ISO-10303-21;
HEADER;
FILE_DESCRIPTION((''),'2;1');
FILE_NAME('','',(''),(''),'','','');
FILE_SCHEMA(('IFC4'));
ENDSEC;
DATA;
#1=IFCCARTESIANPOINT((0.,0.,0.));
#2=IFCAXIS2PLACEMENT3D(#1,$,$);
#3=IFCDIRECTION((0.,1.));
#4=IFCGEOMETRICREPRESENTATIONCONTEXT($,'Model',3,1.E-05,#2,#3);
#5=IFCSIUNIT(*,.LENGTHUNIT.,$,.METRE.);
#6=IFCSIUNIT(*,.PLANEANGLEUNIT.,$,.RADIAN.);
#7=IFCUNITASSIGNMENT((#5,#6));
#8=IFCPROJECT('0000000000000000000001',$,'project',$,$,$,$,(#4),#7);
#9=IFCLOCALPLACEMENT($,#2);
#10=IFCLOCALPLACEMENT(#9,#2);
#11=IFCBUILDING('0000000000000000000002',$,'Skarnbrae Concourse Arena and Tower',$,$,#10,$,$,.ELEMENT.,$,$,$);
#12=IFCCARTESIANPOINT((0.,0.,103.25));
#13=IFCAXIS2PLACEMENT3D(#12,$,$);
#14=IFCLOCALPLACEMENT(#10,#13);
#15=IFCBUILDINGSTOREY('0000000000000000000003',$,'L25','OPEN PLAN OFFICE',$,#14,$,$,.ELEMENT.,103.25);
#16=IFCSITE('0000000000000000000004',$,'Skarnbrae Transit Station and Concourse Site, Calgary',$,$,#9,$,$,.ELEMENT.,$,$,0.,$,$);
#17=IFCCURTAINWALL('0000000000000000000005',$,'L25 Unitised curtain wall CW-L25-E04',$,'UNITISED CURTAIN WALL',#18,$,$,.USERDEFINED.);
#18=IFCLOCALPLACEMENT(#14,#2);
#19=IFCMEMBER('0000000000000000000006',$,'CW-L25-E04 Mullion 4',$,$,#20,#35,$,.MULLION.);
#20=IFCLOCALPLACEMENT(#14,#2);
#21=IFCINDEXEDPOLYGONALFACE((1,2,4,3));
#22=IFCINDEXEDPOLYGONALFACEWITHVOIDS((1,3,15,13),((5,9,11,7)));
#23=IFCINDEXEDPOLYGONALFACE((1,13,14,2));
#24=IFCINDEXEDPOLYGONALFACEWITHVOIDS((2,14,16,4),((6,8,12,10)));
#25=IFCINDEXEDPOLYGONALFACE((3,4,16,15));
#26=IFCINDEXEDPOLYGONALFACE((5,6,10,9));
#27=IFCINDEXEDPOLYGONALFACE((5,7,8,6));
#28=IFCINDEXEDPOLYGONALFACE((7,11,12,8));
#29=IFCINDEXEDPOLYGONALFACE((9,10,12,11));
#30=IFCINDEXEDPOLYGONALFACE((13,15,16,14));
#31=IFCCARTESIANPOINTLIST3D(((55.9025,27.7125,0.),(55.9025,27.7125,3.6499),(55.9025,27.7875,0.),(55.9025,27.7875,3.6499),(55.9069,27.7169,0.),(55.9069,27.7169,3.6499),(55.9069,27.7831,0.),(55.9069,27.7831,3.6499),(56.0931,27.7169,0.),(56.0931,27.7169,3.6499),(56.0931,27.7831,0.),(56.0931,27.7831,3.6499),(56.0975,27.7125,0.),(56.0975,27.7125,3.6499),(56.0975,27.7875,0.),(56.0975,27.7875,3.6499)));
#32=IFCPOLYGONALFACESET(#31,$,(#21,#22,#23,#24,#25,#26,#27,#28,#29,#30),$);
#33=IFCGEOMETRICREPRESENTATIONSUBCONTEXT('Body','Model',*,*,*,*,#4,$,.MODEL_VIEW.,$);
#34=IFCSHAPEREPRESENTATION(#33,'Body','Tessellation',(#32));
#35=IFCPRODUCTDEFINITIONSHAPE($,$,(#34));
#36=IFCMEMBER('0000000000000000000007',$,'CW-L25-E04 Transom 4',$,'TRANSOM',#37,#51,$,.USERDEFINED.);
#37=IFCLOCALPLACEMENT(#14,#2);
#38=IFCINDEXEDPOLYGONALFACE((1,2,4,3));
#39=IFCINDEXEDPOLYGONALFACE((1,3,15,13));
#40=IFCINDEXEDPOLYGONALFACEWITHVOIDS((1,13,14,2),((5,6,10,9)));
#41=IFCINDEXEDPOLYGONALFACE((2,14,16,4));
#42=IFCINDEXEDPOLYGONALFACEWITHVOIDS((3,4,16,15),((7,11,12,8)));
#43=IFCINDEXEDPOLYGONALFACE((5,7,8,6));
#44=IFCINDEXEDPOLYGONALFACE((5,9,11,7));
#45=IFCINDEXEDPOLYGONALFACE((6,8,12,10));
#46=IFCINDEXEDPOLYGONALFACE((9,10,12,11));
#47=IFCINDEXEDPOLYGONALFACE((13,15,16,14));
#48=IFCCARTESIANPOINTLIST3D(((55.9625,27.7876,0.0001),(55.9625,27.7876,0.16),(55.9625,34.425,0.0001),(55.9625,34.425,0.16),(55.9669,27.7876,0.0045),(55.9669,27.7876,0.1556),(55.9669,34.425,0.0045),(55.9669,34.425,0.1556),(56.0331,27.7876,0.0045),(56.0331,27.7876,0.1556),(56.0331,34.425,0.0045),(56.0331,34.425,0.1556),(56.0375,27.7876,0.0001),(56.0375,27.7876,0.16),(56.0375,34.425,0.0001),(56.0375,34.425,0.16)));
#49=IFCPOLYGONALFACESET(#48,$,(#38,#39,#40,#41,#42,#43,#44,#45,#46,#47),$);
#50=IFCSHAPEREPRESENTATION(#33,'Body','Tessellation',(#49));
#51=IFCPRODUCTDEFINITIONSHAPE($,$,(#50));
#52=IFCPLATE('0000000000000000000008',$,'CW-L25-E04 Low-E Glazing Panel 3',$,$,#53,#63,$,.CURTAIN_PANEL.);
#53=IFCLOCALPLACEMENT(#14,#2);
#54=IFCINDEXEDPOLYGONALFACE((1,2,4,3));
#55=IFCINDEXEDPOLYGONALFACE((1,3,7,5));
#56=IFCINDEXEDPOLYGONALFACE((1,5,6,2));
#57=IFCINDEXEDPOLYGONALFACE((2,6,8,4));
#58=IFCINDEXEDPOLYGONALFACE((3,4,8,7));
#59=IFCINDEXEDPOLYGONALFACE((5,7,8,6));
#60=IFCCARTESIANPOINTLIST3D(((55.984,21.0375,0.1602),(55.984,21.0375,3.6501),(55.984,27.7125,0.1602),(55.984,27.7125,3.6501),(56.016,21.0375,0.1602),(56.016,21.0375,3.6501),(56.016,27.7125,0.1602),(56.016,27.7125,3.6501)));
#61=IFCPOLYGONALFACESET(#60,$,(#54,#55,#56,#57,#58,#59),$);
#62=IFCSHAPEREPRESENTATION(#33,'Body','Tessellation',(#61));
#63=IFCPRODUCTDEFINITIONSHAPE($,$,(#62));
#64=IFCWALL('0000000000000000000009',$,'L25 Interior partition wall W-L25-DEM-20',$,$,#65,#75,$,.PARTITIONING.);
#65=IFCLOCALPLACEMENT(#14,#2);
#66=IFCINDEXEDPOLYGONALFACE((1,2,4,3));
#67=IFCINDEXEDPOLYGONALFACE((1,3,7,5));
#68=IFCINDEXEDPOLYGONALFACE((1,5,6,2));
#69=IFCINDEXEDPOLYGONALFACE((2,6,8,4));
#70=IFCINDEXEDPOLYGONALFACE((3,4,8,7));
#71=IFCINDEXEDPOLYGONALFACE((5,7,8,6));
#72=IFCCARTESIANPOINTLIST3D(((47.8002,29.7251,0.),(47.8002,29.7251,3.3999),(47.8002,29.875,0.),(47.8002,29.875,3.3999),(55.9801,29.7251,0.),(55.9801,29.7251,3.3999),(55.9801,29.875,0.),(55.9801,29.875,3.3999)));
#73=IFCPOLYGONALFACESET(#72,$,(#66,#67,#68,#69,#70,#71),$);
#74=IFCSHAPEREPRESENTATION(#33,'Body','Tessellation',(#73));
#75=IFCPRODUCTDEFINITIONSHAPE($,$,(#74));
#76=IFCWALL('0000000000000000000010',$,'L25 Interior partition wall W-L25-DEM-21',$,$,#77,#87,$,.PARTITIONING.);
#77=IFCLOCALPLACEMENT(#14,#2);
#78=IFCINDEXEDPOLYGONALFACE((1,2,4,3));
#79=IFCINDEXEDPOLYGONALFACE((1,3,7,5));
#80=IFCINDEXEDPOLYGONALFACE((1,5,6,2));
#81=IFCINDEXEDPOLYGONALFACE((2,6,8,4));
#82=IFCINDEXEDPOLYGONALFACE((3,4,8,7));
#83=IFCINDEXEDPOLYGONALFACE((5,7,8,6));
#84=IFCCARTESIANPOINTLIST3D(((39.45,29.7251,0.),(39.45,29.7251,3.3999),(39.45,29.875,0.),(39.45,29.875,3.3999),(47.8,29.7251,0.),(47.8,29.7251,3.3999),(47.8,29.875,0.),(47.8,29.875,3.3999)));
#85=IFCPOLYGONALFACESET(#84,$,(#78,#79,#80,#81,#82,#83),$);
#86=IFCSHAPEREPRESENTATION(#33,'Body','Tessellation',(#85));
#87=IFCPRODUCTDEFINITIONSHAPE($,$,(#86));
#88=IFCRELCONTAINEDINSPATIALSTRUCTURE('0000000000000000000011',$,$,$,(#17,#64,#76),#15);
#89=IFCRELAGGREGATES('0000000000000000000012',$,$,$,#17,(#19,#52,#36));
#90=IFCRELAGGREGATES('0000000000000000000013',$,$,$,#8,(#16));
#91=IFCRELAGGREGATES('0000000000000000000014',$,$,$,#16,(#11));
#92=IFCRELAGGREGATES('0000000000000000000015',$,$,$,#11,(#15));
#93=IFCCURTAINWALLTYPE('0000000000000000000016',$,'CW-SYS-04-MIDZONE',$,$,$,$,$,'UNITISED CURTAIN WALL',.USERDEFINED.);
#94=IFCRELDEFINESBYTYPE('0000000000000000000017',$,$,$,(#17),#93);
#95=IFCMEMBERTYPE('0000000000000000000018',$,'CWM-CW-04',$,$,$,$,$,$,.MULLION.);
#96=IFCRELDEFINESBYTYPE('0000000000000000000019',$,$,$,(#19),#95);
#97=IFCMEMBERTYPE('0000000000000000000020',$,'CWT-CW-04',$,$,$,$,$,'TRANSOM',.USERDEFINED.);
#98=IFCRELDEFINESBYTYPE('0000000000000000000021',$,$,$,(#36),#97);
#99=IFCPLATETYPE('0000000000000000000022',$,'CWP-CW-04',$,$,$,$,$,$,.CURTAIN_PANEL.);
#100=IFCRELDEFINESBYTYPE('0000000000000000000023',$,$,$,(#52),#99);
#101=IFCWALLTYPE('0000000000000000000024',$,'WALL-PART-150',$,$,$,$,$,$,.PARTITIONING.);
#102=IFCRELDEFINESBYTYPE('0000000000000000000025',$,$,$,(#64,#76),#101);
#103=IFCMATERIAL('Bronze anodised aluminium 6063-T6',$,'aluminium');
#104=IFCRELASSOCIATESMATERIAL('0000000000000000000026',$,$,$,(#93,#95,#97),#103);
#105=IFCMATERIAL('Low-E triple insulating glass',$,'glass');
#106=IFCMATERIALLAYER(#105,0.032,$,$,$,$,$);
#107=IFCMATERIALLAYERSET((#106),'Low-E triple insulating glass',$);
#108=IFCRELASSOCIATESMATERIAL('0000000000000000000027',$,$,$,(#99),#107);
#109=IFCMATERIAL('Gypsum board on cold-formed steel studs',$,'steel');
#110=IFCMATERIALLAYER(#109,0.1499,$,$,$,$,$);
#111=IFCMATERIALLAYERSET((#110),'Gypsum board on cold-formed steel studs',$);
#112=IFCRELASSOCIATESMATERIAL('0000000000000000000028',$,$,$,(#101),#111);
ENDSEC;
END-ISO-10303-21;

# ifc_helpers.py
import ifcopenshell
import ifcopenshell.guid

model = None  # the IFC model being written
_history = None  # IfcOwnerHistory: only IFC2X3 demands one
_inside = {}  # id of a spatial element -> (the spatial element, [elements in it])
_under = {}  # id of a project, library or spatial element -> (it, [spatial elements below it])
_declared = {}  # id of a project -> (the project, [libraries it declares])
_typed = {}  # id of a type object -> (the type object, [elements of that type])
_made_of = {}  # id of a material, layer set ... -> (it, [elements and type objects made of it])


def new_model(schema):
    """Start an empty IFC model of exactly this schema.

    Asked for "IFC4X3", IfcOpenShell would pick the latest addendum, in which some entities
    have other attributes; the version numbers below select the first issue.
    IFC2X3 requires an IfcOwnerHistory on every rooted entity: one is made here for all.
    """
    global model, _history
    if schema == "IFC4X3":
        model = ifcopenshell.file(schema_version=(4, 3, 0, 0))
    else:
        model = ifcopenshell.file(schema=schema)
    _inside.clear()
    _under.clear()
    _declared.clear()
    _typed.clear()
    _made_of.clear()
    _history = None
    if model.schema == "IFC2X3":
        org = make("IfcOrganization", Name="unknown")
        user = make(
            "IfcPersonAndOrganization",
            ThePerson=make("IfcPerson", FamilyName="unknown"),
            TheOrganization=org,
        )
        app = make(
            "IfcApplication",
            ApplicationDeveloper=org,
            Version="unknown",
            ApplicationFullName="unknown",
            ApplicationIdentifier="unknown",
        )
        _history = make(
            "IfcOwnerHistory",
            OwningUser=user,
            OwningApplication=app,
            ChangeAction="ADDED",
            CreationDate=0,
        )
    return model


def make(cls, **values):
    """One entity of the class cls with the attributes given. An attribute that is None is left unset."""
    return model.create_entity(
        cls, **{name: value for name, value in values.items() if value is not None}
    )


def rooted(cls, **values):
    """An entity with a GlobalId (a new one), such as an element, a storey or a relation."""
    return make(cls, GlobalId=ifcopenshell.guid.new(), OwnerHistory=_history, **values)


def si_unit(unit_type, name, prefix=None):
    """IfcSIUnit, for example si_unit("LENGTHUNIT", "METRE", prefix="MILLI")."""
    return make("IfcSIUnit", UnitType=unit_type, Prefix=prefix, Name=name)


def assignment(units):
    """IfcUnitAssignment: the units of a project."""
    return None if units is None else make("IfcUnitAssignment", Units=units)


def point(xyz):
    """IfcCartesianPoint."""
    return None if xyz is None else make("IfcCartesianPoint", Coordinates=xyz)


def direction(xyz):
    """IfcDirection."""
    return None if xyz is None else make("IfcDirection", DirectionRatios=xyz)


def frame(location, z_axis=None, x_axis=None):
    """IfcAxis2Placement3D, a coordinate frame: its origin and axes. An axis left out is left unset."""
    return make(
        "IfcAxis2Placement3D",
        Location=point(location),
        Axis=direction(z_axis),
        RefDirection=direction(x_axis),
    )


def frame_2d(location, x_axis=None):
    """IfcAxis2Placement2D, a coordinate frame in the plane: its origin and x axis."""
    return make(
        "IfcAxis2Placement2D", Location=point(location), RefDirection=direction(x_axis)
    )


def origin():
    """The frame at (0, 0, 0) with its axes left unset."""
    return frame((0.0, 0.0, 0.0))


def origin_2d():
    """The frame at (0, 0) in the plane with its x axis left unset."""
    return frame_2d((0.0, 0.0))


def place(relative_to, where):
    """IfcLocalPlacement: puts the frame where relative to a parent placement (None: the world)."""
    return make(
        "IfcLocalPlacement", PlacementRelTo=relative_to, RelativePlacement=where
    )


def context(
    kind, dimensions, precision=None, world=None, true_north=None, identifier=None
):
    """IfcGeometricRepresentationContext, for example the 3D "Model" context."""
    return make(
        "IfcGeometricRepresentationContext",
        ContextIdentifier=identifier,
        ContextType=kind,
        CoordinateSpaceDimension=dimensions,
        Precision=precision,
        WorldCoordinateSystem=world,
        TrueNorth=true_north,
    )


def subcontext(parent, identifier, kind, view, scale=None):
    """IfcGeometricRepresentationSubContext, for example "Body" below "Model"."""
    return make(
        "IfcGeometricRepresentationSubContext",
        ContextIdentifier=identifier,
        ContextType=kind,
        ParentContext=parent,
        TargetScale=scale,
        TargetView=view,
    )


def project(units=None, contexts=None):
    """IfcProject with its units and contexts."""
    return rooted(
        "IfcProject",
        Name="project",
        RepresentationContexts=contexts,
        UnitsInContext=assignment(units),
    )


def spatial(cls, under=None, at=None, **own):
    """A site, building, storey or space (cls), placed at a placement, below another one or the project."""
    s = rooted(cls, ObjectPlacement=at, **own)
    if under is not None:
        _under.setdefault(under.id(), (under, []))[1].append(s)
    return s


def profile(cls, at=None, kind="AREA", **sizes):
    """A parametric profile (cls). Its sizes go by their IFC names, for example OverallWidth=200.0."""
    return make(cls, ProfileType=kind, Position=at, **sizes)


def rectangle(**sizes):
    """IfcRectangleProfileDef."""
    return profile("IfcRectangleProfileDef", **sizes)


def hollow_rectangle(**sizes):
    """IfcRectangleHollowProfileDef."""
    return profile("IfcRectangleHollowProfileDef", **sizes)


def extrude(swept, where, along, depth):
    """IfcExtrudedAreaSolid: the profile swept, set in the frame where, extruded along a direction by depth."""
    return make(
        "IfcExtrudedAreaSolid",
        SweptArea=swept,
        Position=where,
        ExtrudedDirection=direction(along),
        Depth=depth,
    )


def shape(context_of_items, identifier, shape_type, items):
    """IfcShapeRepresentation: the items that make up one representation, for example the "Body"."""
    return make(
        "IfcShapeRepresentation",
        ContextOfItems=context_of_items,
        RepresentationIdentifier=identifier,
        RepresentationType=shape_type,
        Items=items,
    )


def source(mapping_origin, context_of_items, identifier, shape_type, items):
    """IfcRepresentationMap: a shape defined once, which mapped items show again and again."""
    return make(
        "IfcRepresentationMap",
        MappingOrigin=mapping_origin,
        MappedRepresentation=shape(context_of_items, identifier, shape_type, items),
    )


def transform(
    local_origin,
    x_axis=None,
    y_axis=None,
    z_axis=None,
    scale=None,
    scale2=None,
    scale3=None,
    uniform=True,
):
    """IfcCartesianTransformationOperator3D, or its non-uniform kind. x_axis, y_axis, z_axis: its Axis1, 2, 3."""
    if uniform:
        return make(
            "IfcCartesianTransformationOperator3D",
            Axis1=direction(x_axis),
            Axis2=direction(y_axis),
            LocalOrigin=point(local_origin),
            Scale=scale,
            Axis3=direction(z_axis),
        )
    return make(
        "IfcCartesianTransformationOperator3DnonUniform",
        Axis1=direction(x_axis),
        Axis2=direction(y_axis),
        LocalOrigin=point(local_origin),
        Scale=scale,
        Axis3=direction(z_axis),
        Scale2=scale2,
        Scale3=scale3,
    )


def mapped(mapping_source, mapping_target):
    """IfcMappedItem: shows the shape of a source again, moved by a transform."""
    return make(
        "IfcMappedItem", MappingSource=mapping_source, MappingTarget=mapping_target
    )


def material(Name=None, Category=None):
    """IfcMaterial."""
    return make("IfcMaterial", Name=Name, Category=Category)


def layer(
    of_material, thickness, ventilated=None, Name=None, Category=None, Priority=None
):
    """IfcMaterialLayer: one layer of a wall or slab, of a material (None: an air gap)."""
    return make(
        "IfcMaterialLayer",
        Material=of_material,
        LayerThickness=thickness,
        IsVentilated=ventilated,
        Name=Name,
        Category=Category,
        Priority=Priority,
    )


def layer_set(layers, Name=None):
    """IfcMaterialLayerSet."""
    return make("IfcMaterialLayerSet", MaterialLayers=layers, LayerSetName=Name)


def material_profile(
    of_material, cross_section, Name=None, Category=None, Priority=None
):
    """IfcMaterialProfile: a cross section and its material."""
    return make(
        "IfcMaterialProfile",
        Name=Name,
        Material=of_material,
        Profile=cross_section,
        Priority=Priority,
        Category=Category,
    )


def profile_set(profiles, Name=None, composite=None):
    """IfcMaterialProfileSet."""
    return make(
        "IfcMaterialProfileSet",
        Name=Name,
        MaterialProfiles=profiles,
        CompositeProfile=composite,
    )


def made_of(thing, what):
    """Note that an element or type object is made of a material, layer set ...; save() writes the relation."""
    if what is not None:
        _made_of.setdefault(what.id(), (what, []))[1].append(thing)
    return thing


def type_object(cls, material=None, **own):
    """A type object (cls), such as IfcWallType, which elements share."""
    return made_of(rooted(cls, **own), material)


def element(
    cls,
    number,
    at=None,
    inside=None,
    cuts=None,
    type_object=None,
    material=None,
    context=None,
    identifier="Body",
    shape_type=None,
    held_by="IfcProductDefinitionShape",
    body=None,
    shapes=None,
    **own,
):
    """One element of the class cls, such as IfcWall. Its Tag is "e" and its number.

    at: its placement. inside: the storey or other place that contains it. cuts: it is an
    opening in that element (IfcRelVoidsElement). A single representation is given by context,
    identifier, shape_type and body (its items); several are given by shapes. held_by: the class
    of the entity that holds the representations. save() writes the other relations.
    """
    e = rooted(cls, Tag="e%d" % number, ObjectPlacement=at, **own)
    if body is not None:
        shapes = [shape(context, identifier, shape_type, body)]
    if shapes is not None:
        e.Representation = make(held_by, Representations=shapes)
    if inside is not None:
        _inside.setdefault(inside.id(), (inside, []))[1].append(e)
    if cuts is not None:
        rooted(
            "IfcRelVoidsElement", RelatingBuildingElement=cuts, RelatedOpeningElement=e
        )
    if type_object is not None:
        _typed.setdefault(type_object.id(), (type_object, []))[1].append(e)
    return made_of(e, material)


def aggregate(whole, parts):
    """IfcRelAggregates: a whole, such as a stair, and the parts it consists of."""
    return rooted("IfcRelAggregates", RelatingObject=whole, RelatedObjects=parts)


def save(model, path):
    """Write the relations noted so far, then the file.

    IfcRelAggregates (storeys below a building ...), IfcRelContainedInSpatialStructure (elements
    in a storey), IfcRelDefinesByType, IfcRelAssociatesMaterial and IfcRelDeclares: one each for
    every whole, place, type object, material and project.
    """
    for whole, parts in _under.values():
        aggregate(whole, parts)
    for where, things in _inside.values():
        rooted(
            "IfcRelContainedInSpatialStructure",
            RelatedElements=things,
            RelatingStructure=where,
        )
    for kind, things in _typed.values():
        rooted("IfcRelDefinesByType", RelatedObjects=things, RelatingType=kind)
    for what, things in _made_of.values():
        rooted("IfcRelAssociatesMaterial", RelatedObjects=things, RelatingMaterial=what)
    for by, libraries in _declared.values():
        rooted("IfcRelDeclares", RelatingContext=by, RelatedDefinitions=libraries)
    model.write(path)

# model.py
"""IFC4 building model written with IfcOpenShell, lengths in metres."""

from ifc_helpers import new_model, si_unit, direction, frame, frame_2d, origin, origin_2d, place, context, subcontext, project, spatial, rectangle, hollow_rectangle, extrude, source, transform, mapped, material, layer, layer_set, material_profile, profile_set, type_object, element, aggregate, save


model = new_model("IFC4")

# Units and contexts
model_context = context("Model", 3, precision=1e-05, world=origin(), true_north=direction((0.0, 1.0)))
body_context = subcontext(model_context, "Body", "Model", "MODEL_VIEW")
ifc_project = project(units=[si_unit("LENGTHUNIT", "METRE"), si_unit("PLANEANGLEUNIT", "RADIAN")], contexts=[model_context])

# Site, building, storey
site_placement = place(None, origin())
site = spatial("IfcSite", under=ifc_project, at=site_placement, Name="Skarnbrae Transit Station and Concourse Site, Calgary", CompositionType="ELEMENT", RefElevation=0.0)
building_placement = place(site_placement, origin())
building = spatial("IfcBuilding", under=site, at=building_placement, Name="Skarnbrae Concourse Arena and Tower", CompositionType="ELEMENT")
storey_placement = place(building_placement, frame((0.0, 0.0, 103.25)))
storey = spatial("IfcBuildingStorey", under=building, at=storey_placement, Name="L25", Description="OPEN PLAN OFFICE", CompositionType="ELEMENT", Elevation=103.25)

# Curtain wall, members, plate
ifc_material_1 = material(Name="Bronze anodised aluminium 6063-T6", Category="aluminium")
curtain_wall_type = type_object("IfcCurtainWallType", Name="CW-SYS-04-MIDZONE", ElementType="UNITISED CURTAIN WALL", PredefinedType="USERDEFINED", material=ifc_material_1)
curtain_wall_placement = place(storey_placement, origin())
curtain_wall = element("IfcCurtainWall", 1, at=curtain_wall_placement, inside=storey, type_object=curtain_wall_type, Name="L25 Unitised curtain wall CW-L25-E04", ObjectType="UNITISED CURTAIN WALL", PredefinedType="USERDEFINED")
ifc_material_profile_1 = material_profile(ifc_material_1, hollow_rectangle(XDim=0.075, YDim=0.1951, WallThickness=0.0044, at=origin_2d()), Name="ALU-MULL-75X195")
ifc_profile_set_1 = profile_set([ifc_material_profile_1], Name="Bronze anodised aluminium 6063-T6")
member_type_1 = type_object("IfcMemberType", Name="CWM-CW-04", PredefinedType="MULLION", material=ifc_profile_set_1)
shared_shape_1 = source(origin(), body_context, "Body", "SweptSolid", [
    extrude(hollow_rectangle(XDim=0.075, YDim=0.1951, WallThickness=0.0044, at=origin_2d()), origin(), (0.0, 0.0, 1.0), 3.6499),
])
member_1_placement = place(storey_placement, frame((56.0, 27.75, 0.0), z_axis=(0.0, 0.0, 1.0), x_axis=(0.0, 1.0, 0.0)))
member_1 = element("IfcMember", 2, at=member_1_placement, type_object=member_type_1, Name="CW-L25-E04 Mullion 4", PredefinedType="MULLION", context=body_context, shape_type="MappedRepresentation", body=[
    mapped(shared_shape_1, transform((0.0, 0.0, 0.0))),
])
ifc_material_profile_2 = material_profile(ifc_material_1, hollow_rectangle(XDim=0.075, YDim=0.1599, WallThickness=0.0044, at=origin_2d()), Name="ALU-TRAN-75X160")
ifc_profile_set_2 = profile_set([ifc_material_profile_2], Name="Bronze anodised aluminium 6063-T6")
member_type_2 = type_object("IfcMemberType", Name="CWT-CW-04", ElementType="TRANSOM", PredefinedType="USERDEFINED", material=ifc_profile_set_2)
shared_shape_2 = source(origin(), body_context, "Body", "SweptSolid", [
    extrude(hollow_rectangle(XDim=0.075, YDim=0.1599, WallThickness=0.0044, at=origin_2d()), origin(), (0.0, 0.0, 1.0), 6.6375),
])
member_2_placement = place(storey_placement, frame((56.0, 27.7876, 0.0801), z_axis=(0.0, 1.0, 0.0), x_axis=(-1.0, 0.0, 0.0)))
member_2 = element("IfcMember", 3, at=member_2_placement, type_object=member_type_2, Name="CW-L25-E04 Transom 4", ObjectType="TRANSOM", PredefinedType="USERDEFINED", context=body_context, shape_type="MappedRepresentation", body=[
    mapped(shared_shape_2, transform((0.0, 0.0, 0.0))),
])
ifc_material_2 = material(Name="Low-E triple insulating glass", Category="glass")
ifc_layer_1 = layer(ifc_material_2, 0.032)
ifc_layer_set_1 = layer_set([ifc_layer_1], Name="Low-E triple insulating glass")
plate_type = type_object("IfcPlateType", Name="CWP-CW-04", PredefinedType="CURTAIN_PANEL", material=ifc_layer_set_1)
shared_shape_3 = source(origin(), body_context, "Body", "SweptSolid", [
    extrude(rectangle(XDim=6.675, YDim=0.032, at=origin_2d()), origin(), (0.0, 0.0, 1.0), 3.49),
])
plate_placement = place(storey_placement, frame((56.0, 24.375, 0.1602), z_axis=(0.0, 0.0, 1.0), x_axis=(0.0, 1.0, 0.0)))
plate = element("IfcPlate", 4, at=plate_placement, type_object=plate_type, Name="CW-L25-E04 Low-E Glazing Panel 3", PredefinedType="CURTAIN_PANEL", context=body_context, shape_type="MappedRepresentation", body=[
    mapped(shared_shape_3, transform((0.0, 0.0, 0.0))),
])
aggregate(curtain_wall, [member_1, plate, member_2])

# Walls
ifc_material_3 = material(Name="Gypsum board on cold-formed steel studs", Category="steel")
ifc_layer_2 = layer(ifc_material_3, 0.1499)
ifc_layer_set_2 = layer_set([ifc_layer_2], Name="Gypsum board on cold-formed steel studs")
wall_type = type_object("IfcWallType", Name="WALL-PART-150", PredefinedType="PARTITIONING", material=ifc_layer_set_2)
shared_shape_4 = source(origin(), body_context, "Body", "SweptSolid", [
    extrude(rectangle(XDim=8.1799, YDim=0.1499, at=frame_2d((4.0898, 0.0))), origin(), (0.0, 0.0, 1.0), 3.3999),
])
wall_1_placement = place(storey_placement, frame((55.98, 29.8, 0.0), z_axis=(0.0, 0.0, 1.0), x_axis=(-1.0, 0.0, 0.0)))
element("IfcWall", 5, at=wall_1_placement, inside=storey, type_object=wall_type, Name="L25 Interior partition wall W-L25-DEM-20", PredefinedType="PARTITIONING", context=body_context, shape_type="MappedRepresentation", body=[
    mapped(shared_shape_4, transform((0.0, 0.0, 0.0))),
])
shared_shape_5 = source(origin(), body_context, "Body", "SweptSolid", [
    extrude(rectangle(XDim=8.3501, YDim=0.1499, at=frame_2d((4.175, 0.0))), origin(), (0.0, 0.0, 1.0), 3.3999),
])
wall_2_placement = place(storey_placement, frame((47.8, 29.8, 0.0), z_axis=(0.0, 0.0, 1.0), x_axis=(-1.0, 0.0, 0.0)))
element("IfcWall", 6, at=wall_2_placement, inside=storey, type_object=wall_type, Name="L25 Interior partition wall W-L25-DEM-21", PredefinedType="PARTITIONING", context=body_context, shape_type="MappedRepresentation", body=[
    mapped(shared_shape_5, transform((0.0, 0.0, 0.0))),
])

save(model, "model.ifc")
